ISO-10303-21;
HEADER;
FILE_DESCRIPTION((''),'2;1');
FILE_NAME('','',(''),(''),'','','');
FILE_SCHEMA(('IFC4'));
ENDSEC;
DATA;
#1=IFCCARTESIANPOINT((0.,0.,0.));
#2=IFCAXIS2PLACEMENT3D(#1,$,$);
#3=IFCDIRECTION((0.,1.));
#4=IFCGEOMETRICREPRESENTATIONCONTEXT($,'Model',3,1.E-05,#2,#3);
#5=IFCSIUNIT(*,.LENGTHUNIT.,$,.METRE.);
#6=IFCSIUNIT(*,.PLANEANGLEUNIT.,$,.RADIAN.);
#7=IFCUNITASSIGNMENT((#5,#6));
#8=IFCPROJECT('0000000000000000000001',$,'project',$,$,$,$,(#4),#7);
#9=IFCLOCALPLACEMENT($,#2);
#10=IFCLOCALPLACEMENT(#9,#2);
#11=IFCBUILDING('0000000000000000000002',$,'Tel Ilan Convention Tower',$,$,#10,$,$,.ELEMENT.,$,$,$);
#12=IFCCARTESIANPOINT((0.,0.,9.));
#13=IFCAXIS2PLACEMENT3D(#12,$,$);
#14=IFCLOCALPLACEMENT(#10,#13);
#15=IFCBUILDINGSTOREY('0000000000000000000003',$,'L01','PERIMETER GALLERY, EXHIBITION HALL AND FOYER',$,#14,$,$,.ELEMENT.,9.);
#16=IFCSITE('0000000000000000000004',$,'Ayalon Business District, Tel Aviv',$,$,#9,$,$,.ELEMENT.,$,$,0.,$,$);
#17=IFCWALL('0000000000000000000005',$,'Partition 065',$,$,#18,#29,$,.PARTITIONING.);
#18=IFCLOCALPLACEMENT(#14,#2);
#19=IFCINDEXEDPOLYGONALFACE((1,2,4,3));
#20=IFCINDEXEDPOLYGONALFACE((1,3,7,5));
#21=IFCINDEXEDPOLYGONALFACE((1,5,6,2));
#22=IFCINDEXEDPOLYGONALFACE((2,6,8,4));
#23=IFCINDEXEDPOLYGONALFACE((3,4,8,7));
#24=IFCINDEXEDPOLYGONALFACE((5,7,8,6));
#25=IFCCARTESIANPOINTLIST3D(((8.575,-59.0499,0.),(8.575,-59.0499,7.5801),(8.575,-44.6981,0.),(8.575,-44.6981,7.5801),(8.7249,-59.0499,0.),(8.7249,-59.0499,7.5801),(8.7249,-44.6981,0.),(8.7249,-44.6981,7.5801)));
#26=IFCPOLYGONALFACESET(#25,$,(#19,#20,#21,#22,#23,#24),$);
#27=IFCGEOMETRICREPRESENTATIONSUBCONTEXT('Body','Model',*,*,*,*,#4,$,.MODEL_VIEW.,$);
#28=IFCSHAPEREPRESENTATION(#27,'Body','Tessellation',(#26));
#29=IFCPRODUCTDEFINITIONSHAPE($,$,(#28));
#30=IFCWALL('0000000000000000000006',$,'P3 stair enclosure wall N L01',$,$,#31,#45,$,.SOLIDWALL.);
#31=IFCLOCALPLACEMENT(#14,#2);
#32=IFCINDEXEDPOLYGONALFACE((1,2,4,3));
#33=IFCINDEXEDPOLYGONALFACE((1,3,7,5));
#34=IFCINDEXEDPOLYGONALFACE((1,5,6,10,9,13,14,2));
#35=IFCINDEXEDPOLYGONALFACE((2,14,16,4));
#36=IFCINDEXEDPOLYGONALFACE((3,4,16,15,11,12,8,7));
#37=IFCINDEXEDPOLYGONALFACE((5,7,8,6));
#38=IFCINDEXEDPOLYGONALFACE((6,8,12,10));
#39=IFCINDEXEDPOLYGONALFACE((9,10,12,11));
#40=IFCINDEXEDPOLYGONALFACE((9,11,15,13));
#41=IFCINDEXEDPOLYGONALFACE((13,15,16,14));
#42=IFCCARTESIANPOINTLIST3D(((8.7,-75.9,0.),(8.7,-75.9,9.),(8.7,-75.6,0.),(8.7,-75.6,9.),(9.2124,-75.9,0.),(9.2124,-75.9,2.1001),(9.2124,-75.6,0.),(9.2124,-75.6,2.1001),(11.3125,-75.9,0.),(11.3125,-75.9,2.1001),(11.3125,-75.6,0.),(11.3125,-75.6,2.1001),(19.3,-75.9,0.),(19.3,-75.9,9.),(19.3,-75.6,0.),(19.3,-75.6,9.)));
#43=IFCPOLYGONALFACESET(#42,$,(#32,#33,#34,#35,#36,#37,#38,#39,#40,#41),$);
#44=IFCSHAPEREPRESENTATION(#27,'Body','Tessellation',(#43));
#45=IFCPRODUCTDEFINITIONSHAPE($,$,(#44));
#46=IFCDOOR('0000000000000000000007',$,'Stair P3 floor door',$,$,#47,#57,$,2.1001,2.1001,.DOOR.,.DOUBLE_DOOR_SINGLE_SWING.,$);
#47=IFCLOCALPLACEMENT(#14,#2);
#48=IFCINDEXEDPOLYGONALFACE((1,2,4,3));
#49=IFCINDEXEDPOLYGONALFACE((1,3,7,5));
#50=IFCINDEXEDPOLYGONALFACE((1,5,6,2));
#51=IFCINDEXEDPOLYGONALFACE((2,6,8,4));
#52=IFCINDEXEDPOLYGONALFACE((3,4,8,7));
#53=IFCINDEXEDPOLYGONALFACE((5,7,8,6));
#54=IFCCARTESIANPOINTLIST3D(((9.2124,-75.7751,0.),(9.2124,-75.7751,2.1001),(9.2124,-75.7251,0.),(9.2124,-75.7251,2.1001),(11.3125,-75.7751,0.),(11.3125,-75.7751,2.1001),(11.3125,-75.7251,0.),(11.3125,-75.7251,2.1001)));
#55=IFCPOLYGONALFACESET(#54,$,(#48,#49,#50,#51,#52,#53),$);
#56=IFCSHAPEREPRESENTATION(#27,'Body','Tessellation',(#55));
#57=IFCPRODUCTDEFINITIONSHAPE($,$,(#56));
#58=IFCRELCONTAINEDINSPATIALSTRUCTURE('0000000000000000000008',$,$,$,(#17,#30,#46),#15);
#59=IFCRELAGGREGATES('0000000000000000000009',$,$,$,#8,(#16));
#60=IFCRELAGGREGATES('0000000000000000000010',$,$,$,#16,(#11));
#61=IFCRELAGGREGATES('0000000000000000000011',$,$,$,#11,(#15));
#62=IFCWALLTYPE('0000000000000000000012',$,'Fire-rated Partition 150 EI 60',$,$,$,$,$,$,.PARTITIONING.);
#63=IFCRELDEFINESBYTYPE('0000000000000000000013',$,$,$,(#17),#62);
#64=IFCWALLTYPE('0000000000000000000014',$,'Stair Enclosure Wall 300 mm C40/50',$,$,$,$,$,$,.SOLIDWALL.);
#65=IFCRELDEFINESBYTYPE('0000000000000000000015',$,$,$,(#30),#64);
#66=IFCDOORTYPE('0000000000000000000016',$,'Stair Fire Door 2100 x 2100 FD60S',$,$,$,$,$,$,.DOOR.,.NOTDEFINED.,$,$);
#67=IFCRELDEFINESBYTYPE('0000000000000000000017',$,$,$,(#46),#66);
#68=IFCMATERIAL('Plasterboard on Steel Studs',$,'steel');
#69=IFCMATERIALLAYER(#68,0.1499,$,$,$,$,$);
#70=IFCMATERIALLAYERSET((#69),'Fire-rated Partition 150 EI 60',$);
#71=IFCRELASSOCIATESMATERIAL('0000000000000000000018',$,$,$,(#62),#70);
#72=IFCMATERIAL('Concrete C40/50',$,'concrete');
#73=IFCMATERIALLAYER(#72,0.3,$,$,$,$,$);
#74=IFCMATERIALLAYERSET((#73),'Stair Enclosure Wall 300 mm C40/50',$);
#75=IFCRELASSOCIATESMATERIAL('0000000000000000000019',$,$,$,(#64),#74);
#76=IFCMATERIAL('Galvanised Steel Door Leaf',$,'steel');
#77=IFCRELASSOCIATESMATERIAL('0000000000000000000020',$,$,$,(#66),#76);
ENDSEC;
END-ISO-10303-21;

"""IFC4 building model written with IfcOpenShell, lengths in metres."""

from ifc_helpers import new_model, si_unit, direction, frame, frame_2d, origin, place, context, subcontext, project, spatial, rectangle, extrude, material, layer, layer_set, type_object, element, fill, save


model = new_model("IFC4")

# Units and contexts
model_context = context("Model", 3, precision=1e-05, world=origin(), true_north=direction((0.0, 1.0)))
body_context = subcontext(model_context, "Body", "Model", "MODEL_VIEW")
ifc_project = project(units=[si_unit("LENGTHUNIT", "METRE"), si_unit("PLANEANGLEUNIT", "RADIAN")], contexts=[model_context])

# Site, building, storey
site_placement = place(None, origin())
site = spatial("IfcSite", under=ifc_project, at=site_placement, Name="Ayalon Business District, Tel Aviv", CompositionType="ELEMENT", RefElevation=0.0)
building_placement = place(site_placement, origin())
building = spatial("IfcBuilding", under=site, at=building_placement, Name="Tel Ilan Convention Tower", CompositionType="ELEMENT")
storey_placement = place(building_placement, frame((0.0, 0.0, 9.0)))
storey = spatial("IfcBuildingStorey", under=building, at=storey_placement, Name="L01", Description="PERIMETER GALLERY, EXHIBITION HALL AND FOYER", CompositionType="ELEMENT", Elevation=9.0)

# Shared definitions
ifc_material_1 = material(Name="Plasterboard on Steel Studs", Category="steel")
ifc_layer_1 = layer(ifc_material_1, 0.1499)
ifc_layer_set_1 = layer_set([ifc_layer_1], Name="Fire-rated Partition 150 EI 60")
wall_type_1 = type_object("IfcWallType", Name="Fire-rated Partition 150 EI 60", PredefinedType="PARTITIONING", material=ifc_layer_set_1)

# Wall
wall_1_placement = place(storey_placement, frame((8.6499, -44.6982, 0.0), z_axis=(0.0, 0.0, 1.0), x_axis=(0.0, -1.0, 0.0)))
element("IfcWall", 1, at=wall_1_placement, inside=storey, type_object=wall_type_1, Name="Partition 065", PredefinedType="PARTITIONING", context=body_context, shape_type="SweptSolid", body=[
    extrude(rectangle(XDim=14.3518, YDim=0.1499, at=frame_2d((7.1758, 0.0))), origin(), (0.0, 0.0, 1.0), 7.5801),
])

# Wall, opening, door
ifc_material_2 = material(Name="Concrete C40/50", Category="concrete")
ifc_layer_2 = layer(ifc_material_2, 0.3)
ifc_layer_set_2 = layer_set([ifc_layer_2], Name="Stair Enclosure Wall 300 mm C40/50")
wall_type_2 = type_object("IfcWallType", Name="Stair Enclosure Wall 300 mm C40/50", PredefinedType="SOLIDWALL", material=ifc_layer_set_2)
wall_2_placement = place(storey_placement, frame((8.7, -75.75, 0.0), z_axis=(0.0, 0.0, 1.0), x_axis=(1.0, 0.0, 0.0)))
wall_2 = element("IfcWall", 2, at=wall_2_placement, inside=storey, type_object=wall_type_2, Name="P3 stair enclosure wall N L01", PredefinedType="SOLIDWALL", context=body_context, shape_type="SweptSolid", body=[
    extrude(rectangle(XDim=10.6001, YDim=0.3, at=frame_2d((5.3, 0.0))), origin(), (0.0, 0.0, 1.0), 9.0),
])
opening_1_placement = place(wall_2_placement, frame((0.5125, 0.0, 0.0)))
opening_1 = element("IfcOpeningElement", 3, at=opening_1_placement, cuts=wall_2, PredefinedType="OPENING", context=body_context, shape_type="SweptSolid", body=[
    extrude(rectangle(XDim=2.1001, YDim=2.1001, at=frame_2d((1.05, 1.05))), frame((0.0, 0.1599, 0.0), z_axis=(0.0, -1.0, 0.0), x_axis=(1.0, 0.0, 0.0)), (0.0, 0.0, 1.0), 0.3201),
])
ifc_material_3 = material(Name="Galvanised Steel Door Leaf", Category="steel")
door_type_1 = type_object("IfcDoorType", Name="Stair Fire Door 2100 x 2100 FD60S", OperationType="NOTDEFINED", PredefinedType="DOOR", material=ifc_material_3)
door_1_placement = place(opening_1_placement, origin())
door_1 = element("IfcDoor", 4, at=door_1_placement, inside=storey, type_object=door_type_1, Name="Stair P3 floor door", OperationType="DOUBLE_DOOR_SINGLE_SWING", OverallHeight=2.1001, OverallWidth=2.1001, PredefinedType="DOOR", context=body_context, shape_type="SweptSolid", body=[
    extrude(rectangle(XDim=2.1001, YDim=2.1001, at=frame_2d((1.05, 1.05))), frame((0.0, 0.0249, 0.0), z_axis=(0.0, -1.0, 0.0), x_axis=(1.0, 0.0, 0.0)), (0.0, 0.0, 1.0), 0.05),
])
fill(opening_1, door_1)

save(model, "model.ifc")
